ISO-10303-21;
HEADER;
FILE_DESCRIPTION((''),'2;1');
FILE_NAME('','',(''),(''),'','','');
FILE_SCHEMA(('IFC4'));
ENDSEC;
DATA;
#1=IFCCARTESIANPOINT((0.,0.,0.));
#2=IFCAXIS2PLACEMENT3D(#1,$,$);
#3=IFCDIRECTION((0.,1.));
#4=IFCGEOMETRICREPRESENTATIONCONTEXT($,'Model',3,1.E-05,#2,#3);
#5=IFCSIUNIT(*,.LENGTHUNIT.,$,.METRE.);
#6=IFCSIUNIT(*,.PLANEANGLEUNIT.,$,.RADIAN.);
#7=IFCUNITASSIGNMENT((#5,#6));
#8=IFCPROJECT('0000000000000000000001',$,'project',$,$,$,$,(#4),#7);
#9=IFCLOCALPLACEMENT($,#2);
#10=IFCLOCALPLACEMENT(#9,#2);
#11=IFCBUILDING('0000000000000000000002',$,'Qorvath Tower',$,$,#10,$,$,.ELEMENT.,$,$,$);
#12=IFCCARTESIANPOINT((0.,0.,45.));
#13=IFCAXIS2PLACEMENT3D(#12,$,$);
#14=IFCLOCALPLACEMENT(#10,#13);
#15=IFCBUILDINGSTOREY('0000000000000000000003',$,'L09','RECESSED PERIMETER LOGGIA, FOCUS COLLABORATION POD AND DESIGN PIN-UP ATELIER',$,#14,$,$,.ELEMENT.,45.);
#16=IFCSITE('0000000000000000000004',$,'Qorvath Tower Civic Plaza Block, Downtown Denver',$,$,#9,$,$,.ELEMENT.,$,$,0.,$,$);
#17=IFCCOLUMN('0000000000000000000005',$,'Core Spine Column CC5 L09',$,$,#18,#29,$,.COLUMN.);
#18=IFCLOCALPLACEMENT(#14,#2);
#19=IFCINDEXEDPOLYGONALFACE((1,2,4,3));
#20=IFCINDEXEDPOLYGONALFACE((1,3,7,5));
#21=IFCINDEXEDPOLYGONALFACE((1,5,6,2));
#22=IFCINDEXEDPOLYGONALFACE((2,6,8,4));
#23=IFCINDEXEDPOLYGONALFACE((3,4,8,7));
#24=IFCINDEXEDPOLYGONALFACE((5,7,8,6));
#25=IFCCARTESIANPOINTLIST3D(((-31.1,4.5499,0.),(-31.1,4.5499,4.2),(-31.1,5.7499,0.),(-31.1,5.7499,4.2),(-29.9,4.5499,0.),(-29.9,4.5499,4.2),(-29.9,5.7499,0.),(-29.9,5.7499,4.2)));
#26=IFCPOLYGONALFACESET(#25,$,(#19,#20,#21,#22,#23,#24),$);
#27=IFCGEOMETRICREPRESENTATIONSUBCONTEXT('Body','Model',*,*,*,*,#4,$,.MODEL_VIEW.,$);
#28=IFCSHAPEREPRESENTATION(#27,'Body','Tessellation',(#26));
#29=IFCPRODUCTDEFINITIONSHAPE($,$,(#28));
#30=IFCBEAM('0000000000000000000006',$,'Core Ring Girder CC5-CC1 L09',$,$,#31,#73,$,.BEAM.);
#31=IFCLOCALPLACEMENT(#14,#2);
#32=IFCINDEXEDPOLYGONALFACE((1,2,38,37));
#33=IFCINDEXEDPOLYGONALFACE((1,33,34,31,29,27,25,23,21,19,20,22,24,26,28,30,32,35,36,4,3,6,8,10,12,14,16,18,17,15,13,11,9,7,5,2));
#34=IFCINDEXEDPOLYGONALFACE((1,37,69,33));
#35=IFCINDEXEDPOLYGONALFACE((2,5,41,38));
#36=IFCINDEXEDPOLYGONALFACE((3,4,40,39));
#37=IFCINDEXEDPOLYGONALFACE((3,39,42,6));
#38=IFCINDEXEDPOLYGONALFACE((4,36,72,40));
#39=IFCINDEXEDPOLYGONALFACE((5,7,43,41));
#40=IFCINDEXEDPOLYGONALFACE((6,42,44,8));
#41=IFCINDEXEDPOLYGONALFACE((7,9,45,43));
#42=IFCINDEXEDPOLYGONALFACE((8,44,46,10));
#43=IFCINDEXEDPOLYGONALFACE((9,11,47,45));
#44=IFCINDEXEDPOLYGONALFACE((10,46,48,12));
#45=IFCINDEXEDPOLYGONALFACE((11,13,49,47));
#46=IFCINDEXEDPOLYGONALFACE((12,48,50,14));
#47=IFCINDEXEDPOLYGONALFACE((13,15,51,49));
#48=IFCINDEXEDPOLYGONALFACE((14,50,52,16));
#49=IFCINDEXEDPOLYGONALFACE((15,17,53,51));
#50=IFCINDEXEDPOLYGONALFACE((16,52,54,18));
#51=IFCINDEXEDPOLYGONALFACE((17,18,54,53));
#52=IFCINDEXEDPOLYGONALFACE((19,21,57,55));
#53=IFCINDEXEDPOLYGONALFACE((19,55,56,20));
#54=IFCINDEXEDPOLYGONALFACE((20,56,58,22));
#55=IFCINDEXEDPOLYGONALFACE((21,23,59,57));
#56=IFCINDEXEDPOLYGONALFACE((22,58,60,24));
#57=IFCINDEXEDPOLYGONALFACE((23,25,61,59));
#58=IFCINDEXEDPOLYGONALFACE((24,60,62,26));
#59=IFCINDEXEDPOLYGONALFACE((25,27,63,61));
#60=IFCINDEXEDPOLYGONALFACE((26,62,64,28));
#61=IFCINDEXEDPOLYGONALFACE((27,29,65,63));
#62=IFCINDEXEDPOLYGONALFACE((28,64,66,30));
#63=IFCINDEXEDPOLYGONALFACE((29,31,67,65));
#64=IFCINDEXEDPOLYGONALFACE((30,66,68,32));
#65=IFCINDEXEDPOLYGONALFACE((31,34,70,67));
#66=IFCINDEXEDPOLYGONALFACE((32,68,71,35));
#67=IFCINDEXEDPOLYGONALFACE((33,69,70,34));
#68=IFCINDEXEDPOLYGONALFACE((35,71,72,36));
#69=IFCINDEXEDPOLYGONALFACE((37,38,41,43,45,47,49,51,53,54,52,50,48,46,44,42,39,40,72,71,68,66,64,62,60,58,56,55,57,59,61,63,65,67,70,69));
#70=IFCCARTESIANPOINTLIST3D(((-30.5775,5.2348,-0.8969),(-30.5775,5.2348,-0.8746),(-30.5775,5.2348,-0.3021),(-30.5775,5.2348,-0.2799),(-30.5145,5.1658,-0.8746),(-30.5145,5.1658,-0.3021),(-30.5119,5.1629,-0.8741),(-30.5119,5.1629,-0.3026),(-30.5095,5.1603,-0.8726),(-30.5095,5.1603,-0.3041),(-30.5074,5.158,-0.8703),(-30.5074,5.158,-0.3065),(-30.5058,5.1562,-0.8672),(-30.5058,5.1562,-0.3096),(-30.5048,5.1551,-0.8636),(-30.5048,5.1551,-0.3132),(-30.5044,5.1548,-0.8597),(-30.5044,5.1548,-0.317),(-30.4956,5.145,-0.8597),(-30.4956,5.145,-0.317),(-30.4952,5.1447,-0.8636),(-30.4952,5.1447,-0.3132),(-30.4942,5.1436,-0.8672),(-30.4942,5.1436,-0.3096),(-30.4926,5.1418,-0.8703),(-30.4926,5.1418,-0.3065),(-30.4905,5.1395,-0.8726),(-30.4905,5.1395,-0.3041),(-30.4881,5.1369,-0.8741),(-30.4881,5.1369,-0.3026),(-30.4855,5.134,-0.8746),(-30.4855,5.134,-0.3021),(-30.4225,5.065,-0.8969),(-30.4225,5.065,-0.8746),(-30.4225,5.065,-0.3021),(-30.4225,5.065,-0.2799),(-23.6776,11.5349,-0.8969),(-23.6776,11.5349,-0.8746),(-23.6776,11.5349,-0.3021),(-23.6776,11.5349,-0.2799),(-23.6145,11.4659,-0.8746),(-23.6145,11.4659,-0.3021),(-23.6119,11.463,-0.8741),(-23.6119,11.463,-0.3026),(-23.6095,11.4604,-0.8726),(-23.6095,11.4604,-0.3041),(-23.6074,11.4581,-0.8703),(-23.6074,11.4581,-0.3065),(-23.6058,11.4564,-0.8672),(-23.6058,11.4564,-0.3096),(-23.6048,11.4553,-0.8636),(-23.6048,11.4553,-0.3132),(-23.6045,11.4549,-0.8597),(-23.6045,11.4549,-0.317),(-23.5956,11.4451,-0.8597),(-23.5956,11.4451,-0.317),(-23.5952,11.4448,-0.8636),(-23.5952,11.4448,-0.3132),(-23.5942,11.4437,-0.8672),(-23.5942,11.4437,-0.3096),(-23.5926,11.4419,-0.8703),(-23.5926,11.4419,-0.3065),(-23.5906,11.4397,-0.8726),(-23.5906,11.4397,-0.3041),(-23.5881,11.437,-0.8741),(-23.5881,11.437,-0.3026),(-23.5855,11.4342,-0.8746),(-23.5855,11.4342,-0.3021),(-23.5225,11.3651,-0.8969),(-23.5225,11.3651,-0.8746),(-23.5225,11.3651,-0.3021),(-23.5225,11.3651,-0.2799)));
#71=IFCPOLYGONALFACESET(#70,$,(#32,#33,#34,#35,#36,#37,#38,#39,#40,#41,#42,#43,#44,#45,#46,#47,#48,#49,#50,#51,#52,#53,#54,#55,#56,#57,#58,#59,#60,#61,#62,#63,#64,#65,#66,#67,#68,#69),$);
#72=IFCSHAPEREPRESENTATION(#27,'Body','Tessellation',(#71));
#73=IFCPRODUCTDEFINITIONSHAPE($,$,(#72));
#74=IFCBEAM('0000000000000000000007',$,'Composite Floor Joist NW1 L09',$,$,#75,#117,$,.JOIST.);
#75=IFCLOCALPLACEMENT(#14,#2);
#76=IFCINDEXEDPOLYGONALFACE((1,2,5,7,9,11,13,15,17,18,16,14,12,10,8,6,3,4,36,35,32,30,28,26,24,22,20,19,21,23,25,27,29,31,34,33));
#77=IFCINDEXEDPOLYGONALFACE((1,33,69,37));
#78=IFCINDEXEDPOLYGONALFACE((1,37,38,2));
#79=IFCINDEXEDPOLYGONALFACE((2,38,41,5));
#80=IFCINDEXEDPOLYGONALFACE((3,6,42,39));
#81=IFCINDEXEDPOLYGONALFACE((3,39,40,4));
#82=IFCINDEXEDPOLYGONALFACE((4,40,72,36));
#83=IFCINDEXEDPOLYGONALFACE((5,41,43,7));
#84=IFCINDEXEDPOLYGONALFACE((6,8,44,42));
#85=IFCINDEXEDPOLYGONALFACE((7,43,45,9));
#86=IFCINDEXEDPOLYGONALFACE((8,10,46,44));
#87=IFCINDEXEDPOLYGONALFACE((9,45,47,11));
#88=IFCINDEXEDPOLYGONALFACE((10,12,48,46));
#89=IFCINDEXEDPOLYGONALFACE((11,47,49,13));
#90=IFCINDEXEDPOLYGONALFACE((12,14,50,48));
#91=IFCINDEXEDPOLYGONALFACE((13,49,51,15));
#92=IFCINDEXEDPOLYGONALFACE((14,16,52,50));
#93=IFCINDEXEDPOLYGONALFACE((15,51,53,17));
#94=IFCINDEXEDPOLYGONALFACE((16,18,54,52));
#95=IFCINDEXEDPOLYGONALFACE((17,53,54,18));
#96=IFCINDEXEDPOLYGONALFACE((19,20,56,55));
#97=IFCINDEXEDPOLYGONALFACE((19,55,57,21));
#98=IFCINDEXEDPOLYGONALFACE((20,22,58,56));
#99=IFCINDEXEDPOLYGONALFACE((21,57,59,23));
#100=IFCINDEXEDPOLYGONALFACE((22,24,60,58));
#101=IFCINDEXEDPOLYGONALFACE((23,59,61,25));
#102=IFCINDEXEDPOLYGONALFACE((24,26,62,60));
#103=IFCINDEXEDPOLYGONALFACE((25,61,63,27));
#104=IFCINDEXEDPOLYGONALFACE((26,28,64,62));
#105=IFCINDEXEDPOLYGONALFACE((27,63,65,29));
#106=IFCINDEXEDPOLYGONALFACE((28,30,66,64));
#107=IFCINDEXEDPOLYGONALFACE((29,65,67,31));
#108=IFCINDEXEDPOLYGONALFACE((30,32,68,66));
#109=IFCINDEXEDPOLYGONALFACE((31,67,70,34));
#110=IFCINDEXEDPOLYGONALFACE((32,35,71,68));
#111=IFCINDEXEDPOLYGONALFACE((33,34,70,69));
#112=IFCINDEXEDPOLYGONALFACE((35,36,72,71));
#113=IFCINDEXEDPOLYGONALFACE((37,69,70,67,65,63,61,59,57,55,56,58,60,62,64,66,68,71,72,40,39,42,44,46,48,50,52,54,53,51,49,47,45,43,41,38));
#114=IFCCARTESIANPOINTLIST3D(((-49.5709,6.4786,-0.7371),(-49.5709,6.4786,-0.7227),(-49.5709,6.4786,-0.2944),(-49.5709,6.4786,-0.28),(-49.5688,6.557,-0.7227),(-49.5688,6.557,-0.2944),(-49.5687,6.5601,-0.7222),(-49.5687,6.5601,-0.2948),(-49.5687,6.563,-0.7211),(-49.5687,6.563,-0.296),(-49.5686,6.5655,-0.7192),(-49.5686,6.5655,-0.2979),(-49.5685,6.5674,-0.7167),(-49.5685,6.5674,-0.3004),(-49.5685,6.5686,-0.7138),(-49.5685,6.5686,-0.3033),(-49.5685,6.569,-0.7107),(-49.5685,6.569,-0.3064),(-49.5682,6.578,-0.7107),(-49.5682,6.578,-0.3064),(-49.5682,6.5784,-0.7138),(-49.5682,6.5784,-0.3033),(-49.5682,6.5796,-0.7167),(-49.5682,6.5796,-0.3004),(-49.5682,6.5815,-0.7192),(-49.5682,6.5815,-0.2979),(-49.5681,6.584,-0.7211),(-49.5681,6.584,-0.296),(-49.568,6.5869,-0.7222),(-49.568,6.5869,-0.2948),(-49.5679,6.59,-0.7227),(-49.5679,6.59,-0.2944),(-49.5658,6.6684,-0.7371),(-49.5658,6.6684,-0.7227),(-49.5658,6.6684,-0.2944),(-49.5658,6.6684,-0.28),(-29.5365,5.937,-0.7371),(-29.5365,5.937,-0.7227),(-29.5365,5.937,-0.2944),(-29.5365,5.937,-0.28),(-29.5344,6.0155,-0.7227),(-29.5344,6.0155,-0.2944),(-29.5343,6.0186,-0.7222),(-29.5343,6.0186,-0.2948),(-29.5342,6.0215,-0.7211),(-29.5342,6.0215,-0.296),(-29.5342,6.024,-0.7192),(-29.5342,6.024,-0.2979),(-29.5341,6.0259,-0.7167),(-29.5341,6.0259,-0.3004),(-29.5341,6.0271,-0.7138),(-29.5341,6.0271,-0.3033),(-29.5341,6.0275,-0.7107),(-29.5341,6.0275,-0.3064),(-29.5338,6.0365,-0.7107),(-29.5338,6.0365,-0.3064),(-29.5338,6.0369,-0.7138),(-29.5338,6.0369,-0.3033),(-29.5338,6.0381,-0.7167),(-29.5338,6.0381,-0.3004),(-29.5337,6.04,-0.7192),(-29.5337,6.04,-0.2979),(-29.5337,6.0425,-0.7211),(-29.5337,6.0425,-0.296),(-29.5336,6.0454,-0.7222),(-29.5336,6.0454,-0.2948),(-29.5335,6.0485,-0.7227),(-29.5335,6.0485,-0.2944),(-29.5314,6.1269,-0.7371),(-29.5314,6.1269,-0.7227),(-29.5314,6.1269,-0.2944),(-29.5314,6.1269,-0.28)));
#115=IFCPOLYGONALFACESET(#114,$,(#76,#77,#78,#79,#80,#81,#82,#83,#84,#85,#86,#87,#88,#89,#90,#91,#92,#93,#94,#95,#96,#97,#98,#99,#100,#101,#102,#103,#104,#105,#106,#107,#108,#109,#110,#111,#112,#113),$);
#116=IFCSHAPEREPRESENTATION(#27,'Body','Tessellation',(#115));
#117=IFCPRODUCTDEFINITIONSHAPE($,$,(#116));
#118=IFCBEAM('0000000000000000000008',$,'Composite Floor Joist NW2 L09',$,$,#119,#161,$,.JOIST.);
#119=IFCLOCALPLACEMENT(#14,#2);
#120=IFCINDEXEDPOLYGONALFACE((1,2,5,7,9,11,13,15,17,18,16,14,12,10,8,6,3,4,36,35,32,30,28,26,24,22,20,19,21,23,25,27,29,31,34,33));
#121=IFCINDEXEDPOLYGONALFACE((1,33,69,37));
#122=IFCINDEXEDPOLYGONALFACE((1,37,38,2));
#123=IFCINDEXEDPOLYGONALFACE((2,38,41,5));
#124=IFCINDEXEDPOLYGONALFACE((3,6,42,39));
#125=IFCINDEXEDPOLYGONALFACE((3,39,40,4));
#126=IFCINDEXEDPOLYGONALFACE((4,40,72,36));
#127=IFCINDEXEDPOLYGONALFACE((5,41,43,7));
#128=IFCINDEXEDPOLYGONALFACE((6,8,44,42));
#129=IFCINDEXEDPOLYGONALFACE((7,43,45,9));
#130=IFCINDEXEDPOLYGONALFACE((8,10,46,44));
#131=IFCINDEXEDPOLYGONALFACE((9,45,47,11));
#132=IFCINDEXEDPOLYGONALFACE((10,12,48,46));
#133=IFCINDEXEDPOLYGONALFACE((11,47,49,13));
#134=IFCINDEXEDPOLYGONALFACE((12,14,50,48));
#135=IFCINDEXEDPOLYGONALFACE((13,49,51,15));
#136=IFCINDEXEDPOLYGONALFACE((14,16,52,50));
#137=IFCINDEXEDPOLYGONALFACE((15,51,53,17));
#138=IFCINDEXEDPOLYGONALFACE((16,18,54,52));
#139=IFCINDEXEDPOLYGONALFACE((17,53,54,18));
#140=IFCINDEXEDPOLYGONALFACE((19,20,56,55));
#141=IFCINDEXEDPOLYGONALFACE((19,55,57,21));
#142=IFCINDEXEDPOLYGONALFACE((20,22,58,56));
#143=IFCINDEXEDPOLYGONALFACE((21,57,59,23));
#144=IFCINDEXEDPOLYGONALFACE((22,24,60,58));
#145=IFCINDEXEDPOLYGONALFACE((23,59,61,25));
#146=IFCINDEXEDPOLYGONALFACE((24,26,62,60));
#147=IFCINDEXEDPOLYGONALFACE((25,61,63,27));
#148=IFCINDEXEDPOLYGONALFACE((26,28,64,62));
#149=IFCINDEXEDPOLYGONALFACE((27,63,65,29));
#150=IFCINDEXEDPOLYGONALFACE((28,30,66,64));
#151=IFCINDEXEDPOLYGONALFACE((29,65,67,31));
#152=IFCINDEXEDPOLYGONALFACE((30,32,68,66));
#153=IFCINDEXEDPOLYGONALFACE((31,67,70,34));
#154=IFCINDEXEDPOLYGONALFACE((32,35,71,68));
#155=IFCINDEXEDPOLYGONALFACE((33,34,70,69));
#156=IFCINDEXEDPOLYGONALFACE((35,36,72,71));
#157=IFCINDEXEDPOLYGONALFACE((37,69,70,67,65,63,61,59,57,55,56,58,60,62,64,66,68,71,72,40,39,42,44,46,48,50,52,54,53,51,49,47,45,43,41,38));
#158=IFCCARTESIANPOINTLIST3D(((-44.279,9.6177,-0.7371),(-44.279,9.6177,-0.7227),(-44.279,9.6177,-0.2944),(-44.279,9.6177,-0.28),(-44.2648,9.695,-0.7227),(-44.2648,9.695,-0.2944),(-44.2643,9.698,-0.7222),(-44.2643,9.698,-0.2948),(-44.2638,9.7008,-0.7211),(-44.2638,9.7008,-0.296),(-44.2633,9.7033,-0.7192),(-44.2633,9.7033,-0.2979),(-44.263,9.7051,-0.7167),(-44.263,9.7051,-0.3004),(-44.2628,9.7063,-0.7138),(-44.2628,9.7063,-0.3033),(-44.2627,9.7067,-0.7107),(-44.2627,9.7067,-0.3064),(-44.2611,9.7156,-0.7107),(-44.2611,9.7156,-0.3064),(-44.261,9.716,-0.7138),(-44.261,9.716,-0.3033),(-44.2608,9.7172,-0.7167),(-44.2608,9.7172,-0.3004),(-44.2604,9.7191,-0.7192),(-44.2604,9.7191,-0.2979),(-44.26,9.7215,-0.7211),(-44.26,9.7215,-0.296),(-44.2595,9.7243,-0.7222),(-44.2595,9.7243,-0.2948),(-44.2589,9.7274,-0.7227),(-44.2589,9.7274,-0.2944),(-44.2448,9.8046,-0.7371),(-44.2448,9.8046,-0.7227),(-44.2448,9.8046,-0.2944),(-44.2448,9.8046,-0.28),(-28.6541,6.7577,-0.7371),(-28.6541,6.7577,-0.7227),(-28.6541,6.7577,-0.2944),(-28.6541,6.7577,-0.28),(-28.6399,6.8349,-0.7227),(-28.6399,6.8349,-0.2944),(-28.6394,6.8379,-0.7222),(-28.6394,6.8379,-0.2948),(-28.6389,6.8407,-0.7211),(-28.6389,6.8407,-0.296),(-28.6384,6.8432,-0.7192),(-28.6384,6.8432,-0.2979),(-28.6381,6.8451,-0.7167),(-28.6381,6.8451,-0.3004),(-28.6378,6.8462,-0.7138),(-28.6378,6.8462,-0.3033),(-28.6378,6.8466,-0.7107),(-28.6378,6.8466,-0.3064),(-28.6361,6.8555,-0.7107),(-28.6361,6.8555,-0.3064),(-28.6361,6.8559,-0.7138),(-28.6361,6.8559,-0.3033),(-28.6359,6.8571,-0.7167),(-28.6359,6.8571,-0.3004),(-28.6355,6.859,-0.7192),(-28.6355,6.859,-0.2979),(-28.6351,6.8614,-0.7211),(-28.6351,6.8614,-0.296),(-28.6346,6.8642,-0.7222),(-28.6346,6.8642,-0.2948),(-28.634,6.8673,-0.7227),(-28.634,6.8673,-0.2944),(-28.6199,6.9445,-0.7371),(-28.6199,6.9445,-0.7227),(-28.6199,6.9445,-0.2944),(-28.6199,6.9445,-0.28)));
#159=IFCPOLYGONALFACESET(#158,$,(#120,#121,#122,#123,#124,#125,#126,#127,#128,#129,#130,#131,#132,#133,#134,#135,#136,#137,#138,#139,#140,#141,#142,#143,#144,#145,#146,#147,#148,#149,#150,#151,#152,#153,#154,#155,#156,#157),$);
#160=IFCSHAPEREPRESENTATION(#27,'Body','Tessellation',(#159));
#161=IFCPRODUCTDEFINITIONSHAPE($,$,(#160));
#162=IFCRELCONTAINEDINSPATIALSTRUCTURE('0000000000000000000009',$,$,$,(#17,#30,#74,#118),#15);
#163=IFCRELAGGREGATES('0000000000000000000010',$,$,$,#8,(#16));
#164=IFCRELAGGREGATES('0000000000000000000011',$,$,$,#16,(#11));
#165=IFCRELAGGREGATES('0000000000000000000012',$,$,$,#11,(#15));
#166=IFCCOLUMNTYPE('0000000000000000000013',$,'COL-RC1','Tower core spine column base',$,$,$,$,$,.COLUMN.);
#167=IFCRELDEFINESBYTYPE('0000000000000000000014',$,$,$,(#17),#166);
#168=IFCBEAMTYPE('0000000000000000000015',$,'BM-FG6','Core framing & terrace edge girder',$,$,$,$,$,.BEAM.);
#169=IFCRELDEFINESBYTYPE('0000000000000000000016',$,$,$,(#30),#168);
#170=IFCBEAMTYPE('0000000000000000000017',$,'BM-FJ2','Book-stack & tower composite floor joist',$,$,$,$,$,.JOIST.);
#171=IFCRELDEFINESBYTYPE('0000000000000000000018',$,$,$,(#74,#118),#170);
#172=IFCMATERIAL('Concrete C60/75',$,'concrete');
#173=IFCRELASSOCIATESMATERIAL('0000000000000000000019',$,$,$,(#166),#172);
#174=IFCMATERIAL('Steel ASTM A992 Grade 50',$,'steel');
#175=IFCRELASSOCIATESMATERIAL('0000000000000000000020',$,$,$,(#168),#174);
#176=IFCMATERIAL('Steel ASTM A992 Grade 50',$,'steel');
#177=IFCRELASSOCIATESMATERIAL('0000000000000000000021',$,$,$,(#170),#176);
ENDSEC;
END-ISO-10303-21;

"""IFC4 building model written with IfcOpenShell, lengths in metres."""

from ifc_helpers import new_model, si_unit, direction, frame, origin, origin_2d, place, context, subcontext, project, spatial, rectangle, i_section, extrude, material, material_profile, profile_set, type_object, element, save


model = new_model("IFC4")

# Units and contexts
model_context = context("Model", 3, precision=1e-05, world=origin(), true_north=direction((0.0, 1.0)))
body_context = subcontext(model_context, "Body", "Model", "MODEL_VIEW")
ifc_project = project(units=[si_unit("LENGTHUNIT", "METRE"), si_unit("PLANEANGLEUNIT", "RADIAN")], contexts=[model_context])

# Site, building, storey
site_placement = place(None, origin())
site = spatial("IfcSite", under=ifc_project, at=site_placement, Name="Qorvath Tower Civic Plaza Block, Downtown Denver", CompositionType="ELEMENT", RefElevation=0.0)
building_placement = place(site_placement, origin())
building = spatial("IfcBuilding", under=site, at=building_placement, Name="Qorvath Tower", CompositionType="ELEMENT")
storey_placement = place(building_placement, frame((0.0, 0.0, 45.0)))
storey = spatial("IfcBuildingStorey", under=building, at=storey_placement, Name="L09", Description="RECESSED PERIMETER LOGGIA, FOCUS COLLABORATION POD AND DESIGN PIN-UP ATELIER", CompositionType="ELEMENT", Elevation=45.0)

# Column
ifc_material_1 = material(Name="Concrete C60/75", Category="concrete")
ifc_material_profile_1 = material_profile(ifc_material_1, rectangle(XDim=1.2, YDim=1.2, at=origin_2d()), Name="RC 1200x1200")
ifc_profile_set_1 = profile_set([ifc_material_profile_1], Name="Concrete C60/75")
column_type = type_object("IfcColumnType", Name="COL-RC1", Description="Tower core spine column base", PredefinedType="COLUMN", material=ifc_profile_set_1)
column_placement = place(storey_placement, frame((-30.5, 5.1499, 0.0), z_axis=(0.0, 0.0, 1.0), x_axis=(1.0, 0.0, 0.0)))
element("IfcColumn", 1, at=column_placement, inside=storey, type_object=column_type, Name="Core Spine Column CC5 L09", PredefinedType="COLUMN", context=body_context, shape_type="SweptSolid", body=[
    extrude(rectangle(XDim=1.2, YDim=1.2, at=origin_2d()), origin(), (0.0, 0.0, 1.0), 4.2),
])

# Beams
ifc_material_2 = material(Name="Steel ASTM A992 Grade 50", Category="steel")
ifc_material_profile_2 = material_profile(ifc_material_2, i_section(OverallWidth=0.23, OverallDepth=0.6169, WebThickness=0.0132, FlangeThickness=0.0222, FilletRadius=0.0149, at=origin_2d()), Name="W24x94")
ifc_profile_set_2 = profile_set([ifc_material_profile_2], Name="Steel ASTM A992 Grade 50")
beam_type_1 = type_object("IfcBeamType", Name="BM-FG6", Description="Core framing & terrace edge girder", PredefinedType="BEAM", material=ifc_profile_set_2)
beam_1_placement = place(storey_placement, frame((-30.5, 5.1499, -0.5884), z_axis=(0.738478, 0.674277, 0.0), x_axis=(-0.674277, 0.738478, 0.0)))
element("IfcBeam", 2, at=beam_1_placement, inside=storey, type_object=beam_type_1, Name="Core Ring Girder CC5-CC1 L09", PredefinedType="BEAM", context=body_context, shape_type="SweptSolid", body=[
    extrude(i_section(OverallWidth=0.23, OverallDepth=0.6169, WebThickness=0.0132, FlangeThickness=0.0222, FilletRadius=0.0149, at=origin_2d()), origin(), (0.0, 0.0, 1.0), 9.3435),
])
ifc_material_3 = material(Name="Steel ASTM A992 Grade 50", Category="steel")
ifc_material_profile_3 = material_profile(ifc_material_3, i_section(OverallWidth=0.1899, OverallDepth=0.457, WebThickness=0.009, FlangeThickness=0.0144, FilletRadius=0.012, at=origin_2d()), Name="W18x50")
ifc_profile_set_3 = profile_set([ifc_material_profile_3], Name="Steel ASTM A992 Grade 50")
beam_type_2 = type_object("IfcBeamType", Name="BM-FJ2", Description="Book-stack & tower composite floor joist", PredefinedType="JOIST", material=ifc_profile_set_3)
beam_2_placement = place(storey_placement, frame((-29.5339, 6.032, -0.5085), z_axis=(-0.999635, 0.027019, 0.0), x_axis=(-0.027019, -0.999635, 0.0)))
element("IfcBeam", 3, at=beam_2_placement, inside=storey, type_object=beam_type_2, Name="Composite Floor Joist NW1 L09", PredefinedType="JOIST", context=body_context, shape_type="SweptSolid", body=[
    extrude(i_section(OverallWidth=0.1899, OverallDepth=0.457, WebThickness=0.009, FlangeThickness=0.0144, FilletRadius=0.012, at=origin_2d()), origin(), (0.0, 0.0, 1.0), 20.0417),
])
beam_3_placement = place(storey_placement, frame((-28.637, 6.8511, -0.5085), z_axis=(-0.983656, 0.180055, 0.0), x_axis=(-0.180055, -0.983656, 0.0)))
element("IfcBeam", 4, at=beam_3_placement, inside=storey, type_object=beam_type_2, Name="Composite Floor Joist NW2 L09", PredefinedType="JOIST", context=body_context, shape_type="SweptSolid", body=[
    extrude(i_section(OverallWidth=0.1899, OverallDepth=0.457, WebThickness=0.009, FlangeThickness=0.0144, FilletRadius=0.012, at=origin_2d()), origin(), (0.0, 0.0, 1.0), 15.8845),
])

save(model, "model.ifc")
